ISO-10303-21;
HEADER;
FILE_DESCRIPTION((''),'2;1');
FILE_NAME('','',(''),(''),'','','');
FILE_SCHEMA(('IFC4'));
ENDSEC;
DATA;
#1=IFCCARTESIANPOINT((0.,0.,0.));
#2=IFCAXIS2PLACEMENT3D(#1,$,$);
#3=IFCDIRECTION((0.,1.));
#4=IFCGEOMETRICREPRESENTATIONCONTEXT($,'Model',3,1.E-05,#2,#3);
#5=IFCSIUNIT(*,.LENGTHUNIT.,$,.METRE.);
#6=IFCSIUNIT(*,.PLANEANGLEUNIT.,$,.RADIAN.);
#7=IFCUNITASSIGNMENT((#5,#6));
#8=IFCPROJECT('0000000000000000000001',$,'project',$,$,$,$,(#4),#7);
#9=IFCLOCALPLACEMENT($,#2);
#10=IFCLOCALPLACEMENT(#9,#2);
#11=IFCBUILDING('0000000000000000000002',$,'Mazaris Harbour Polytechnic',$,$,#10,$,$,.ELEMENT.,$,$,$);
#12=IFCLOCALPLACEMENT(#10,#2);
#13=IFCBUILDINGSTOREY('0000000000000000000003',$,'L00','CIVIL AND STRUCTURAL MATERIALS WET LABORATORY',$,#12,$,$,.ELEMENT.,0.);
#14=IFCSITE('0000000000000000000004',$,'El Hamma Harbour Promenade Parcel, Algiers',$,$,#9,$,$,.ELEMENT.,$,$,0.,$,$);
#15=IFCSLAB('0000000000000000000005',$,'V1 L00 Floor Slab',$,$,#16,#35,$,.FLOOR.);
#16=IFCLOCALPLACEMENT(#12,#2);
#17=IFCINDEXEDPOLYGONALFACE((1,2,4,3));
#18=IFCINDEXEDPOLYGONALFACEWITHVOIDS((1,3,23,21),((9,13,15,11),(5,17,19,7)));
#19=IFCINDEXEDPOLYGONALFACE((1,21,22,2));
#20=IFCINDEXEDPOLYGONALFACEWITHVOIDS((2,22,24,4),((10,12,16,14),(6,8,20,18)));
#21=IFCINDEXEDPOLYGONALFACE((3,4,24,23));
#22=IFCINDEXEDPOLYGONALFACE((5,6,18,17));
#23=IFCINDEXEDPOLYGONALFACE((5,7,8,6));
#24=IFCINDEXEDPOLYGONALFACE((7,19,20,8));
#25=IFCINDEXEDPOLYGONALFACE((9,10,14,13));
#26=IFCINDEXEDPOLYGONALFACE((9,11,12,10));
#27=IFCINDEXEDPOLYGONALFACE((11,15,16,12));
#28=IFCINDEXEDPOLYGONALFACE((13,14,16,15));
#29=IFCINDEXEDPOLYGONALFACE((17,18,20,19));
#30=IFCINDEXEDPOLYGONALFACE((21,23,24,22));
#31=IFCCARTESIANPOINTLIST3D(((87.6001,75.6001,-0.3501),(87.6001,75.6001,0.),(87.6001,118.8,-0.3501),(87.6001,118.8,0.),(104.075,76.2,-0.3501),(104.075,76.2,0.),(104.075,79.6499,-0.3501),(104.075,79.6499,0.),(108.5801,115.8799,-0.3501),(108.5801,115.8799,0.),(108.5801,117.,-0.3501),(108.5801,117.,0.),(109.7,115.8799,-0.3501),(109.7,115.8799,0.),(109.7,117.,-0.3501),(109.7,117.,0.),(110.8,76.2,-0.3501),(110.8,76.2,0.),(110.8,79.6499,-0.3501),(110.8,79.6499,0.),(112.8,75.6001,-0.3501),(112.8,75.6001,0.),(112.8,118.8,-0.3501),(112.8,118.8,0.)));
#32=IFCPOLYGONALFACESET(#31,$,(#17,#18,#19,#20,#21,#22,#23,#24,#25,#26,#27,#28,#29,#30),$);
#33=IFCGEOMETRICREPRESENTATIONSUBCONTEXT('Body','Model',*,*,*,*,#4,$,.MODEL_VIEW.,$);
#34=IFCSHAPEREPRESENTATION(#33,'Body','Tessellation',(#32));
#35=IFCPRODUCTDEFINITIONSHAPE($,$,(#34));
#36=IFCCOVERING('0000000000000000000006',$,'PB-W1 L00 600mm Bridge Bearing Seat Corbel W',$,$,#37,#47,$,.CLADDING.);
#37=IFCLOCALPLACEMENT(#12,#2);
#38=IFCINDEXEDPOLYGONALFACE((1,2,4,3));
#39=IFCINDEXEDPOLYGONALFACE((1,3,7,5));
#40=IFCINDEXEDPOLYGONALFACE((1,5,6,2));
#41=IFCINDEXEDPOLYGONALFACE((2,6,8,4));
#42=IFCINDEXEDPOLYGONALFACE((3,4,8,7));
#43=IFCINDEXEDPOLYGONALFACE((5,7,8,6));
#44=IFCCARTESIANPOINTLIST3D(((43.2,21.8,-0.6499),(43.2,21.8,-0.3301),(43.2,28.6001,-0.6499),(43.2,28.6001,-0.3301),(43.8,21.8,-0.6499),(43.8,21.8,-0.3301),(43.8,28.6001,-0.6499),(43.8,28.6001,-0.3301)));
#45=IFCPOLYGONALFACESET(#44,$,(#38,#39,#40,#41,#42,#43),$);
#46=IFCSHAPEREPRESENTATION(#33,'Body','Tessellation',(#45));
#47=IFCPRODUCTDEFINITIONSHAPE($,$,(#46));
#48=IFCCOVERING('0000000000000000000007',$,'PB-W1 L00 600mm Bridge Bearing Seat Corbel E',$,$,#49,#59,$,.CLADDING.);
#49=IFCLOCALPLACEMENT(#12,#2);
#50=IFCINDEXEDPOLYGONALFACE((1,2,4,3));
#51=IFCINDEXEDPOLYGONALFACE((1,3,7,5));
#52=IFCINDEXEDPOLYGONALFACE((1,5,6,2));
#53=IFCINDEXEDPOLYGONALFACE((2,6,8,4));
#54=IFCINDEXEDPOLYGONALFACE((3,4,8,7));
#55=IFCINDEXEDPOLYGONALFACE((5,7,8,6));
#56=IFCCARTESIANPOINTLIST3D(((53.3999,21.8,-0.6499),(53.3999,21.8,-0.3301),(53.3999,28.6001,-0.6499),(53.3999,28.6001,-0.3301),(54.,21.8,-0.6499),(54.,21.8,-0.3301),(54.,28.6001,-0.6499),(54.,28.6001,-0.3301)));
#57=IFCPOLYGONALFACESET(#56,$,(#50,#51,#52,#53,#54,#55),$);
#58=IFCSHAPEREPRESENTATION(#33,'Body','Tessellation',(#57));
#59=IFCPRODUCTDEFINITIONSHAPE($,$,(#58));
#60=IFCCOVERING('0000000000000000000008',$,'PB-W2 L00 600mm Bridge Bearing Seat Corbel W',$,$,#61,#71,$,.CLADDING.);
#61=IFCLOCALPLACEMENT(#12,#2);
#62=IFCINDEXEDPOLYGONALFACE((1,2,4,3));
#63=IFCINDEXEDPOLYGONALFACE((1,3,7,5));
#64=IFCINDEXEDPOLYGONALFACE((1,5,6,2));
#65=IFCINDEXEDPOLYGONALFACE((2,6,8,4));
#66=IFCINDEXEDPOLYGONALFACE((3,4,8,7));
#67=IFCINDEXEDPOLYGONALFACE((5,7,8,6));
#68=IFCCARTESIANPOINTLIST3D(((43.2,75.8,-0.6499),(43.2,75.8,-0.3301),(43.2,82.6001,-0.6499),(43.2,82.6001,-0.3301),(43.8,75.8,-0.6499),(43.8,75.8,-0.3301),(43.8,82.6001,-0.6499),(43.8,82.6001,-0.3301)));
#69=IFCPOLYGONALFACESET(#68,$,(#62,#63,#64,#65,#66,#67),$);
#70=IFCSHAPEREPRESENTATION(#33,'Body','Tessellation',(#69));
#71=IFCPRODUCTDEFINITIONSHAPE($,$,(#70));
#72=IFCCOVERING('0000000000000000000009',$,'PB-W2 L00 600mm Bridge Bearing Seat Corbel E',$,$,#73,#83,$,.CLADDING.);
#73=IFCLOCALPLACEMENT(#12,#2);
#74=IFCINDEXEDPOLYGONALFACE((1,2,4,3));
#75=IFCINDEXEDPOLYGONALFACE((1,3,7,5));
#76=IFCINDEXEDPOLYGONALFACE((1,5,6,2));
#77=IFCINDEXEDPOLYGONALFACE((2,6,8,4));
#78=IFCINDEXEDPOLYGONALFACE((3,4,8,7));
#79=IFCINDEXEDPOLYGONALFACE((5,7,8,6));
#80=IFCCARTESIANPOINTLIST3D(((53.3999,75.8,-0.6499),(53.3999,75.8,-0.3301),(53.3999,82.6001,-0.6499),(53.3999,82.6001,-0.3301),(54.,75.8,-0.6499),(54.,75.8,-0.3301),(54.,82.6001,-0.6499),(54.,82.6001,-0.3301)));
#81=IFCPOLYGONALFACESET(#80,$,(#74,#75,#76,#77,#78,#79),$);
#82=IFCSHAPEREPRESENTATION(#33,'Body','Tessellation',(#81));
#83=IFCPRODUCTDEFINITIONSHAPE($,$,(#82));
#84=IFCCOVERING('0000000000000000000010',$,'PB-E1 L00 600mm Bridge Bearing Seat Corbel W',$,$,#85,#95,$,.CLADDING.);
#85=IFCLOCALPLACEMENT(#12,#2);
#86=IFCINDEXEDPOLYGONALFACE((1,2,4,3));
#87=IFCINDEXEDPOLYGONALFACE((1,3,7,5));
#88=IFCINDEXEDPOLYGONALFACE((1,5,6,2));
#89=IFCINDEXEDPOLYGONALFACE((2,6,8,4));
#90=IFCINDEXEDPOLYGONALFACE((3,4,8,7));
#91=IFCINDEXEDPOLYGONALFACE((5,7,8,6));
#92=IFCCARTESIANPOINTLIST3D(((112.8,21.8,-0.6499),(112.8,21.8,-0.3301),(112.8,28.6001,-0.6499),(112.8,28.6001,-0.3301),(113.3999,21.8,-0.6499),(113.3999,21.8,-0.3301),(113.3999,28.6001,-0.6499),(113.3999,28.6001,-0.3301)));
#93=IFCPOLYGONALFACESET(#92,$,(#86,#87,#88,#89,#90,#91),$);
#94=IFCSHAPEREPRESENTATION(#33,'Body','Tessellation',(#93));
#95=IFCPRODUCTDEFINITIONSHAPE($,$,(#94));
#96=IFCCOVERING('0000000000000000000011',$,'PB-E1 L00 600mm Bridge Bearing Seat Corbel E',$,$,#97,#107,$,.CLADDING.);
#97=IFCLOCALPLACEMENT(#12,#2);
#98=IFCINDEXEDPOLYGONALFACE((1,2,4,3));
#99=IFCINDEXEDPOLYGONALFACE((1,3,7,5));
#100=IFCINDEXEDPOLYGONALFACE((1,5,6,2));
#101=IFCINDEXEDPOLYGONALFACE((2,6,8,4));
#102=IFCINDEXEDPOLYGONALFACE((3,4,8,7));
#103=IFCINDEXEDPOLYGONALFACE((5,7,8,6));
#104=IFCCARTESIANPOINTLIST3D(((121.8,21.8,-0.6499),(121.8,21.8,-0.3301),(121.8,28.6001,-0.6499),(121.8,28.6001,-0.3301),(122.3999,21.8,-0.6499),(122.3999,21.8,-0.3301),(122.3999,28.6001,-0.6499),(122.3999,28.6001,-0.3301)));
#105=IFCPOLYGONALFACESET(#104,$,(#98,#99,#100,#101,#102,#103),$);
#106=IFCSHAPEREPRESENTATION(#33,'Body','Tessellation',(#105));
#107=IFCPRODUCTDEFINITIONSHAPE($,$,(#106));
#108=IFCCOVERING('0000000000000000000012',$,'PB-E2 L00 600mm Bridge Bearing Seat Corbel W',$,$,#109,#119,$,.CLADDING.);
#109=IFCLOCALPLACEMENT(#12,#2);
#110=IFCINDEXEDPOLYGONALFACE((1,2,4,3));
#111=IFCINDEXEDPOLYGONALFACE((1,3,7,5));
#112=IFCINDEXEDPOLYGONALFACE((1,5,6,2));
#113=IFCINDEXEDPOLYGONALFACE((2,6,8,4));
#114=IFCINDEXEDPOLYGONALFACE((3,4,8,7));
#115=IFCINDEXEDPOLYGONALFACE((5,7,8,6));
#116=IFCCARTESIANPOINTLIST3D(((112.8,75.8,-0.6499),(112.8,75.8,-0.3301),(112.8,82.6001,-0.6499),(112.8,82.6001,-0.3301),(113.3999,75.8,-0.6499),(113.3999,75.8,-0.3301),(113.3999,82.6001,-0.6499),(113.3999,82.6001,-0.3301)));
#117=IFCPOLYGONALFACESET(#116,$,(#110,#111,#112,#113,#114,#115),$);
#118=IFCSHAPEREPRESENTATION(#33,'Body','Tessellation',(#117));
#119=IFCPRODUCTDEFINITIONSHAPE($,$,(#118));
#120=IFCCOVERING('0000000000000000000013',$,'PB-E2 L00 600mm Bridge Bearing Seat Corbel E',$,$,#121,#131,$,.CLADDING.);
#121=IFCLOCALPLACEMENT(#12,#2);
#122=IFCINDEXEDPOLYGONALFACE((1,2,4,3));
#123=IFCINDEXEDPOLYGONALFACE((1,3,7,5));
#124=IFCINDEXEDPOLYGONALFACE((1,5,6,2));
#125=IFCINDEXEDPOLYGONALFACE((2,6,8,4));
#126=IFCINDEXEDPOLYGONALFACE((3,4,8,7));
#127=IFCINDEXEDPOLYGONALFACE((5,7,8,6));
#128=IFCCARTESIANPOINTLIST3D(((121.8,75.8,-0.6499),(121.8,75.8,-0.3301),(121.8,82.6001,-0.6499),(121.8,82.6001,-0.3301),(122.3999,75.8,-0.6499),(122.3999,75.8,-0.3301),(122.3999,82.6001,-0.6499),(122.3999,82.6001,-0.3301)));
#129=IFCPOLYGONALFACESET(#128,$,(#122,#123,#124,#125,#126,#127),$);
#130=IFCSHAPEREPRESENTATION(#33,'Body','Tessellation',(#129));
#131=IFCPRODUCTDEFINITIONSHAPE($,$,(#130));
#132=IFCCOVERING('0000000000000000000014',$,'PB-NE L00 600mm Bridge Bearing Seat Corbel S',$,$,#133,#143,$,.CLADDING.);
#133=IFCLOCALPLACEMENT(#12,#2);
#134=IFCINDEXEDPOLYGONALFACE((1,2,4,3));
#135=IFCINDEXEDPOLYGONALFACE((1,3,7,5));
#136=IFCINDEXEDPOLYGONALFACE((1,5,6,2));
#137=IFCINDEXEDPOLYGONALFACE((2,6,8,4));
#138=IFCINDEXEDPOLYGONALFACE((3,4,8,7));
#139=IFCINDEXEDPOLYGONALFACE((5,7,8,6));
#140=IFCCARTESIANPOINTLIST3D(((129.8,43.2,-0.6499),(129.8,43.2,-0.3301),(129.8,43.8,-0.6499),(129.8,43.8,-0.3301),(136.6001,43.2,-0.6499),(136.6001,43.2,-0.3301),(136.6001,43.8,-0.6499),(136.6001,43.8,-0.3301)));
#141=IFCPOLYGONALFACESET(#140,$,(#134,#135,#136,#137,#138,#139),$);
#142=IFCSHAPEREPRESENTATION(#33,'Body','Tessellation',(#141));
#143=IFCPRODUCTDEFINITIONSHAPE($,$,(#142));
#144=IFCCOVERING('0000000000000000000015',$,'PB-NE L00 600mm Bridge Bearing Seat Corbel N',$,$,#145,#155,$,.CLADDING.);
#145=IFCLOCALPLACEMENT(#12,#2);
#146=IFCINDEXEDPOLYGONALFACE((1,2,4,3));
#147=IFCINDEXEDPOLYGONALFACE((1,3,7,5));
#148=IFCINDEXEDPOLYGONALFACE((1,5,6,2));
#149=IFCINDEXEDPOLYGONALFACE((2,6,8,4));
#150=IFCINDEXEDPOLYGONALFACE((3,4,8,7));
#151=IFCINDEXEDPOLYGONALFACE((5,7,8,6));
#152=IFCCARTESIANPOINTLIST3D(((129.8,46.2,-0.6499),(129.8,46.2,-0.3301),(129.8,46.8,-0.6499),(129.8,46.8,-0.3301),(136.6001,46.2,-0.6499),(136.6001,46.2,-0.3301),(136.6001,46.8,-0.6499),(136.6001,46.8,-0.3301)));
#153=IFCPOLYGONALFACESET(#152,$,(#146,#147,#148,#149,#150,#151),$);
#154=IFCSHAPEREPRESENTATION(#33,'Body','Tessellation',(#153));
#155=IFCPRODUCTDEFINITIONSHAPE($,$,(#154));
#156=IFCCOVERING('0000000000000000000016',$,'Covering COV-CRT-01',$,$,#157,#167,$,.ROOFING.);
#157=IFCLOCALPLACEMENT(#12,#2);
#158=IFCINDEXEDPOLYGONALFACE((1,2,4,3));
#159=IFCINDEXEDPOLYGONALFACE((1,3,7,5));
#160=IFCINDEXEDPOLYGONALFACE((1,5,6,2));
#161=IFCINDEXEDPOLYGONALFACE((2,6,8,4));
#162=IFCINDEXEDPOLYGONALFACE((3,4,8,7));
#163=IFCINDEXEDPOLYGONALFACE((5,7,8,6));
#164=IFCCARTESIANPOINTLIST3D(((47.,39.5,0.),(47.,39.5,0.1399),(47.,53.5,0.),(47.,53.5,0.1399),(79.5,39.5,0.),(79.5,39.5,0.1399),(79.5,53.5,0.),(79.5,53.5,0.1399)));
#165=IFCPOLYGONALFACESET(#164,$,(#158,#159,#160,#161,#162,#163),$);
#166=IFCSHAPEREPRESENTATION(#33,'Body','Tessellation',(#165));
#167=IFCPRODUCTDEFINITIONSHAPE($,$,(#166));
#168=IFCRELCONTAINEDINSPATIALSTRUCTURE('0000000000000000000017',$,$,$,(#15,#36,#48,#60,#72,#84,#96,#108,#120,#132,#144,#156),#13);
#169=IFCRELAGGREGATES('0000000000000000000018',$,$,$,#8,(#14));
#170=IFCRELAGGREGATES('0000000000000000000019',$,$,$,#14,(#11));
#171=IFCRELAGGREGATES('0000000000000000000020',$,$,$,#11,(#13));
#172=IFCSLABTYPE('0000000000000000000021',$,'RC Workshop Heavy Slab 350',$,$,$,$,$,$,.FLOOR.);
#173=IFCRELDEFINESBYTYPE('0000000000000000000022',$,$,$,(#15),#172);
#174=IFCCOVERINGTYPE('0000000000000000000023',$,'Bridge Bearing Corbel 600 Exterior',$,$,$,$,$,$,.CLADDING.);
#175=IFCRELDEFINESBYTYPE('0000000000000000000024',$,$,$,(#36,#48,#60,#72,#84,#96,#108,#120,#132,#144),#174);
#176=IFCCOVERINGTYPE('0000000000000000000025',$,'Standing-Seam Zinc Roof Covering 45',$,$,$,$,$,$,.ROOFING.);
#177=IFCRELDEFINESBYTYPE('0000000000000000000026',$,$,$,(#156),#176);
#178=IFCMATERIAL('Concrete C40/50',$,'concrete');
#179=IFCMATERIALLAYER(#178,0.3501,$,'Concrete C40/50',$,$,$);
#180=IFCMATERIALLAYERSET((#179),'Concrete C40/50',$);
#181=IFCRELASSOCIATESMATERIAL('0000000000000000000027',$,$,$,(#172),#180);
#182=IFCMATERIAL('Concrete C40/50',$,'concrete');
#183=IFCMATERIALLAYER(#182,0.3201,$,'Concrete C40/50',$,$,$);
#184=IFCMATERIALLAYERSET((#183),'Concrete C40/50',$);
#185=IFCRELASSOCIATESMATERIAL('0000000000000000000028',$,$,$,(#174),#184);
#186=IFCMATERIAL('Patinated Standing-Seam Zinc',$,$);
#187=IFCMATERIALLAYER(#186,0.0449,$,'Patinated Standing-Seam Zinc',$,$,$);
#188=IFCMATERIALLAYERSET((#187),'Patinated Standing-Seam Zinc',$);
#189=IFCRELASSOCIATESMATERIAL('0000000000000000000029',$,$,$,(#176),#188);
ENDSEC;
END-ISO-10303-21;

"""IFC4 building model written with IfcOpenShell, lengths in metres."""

from ifc_helpers import new_model, si_unit, direction, frame, origin, place, context, subcontext, project, spatial, polyline, outline, extrude, material, layer, layer_set, type_object, element, save


model = new_model("IFC4")

# Units and contexts
model_context = context("Model", 3, precision=1e-05, world=origin(), true_north=direction((0.0, 1.0)))
body_context = subcontext(model_context, "Body", "Model", "MODEL_VIEW")
ifc_project = project(units=[si_unit("LENGTHUNIT", "METRE"), si_unit("PLANEANGLEUNIT", "RADIAN")], contexts=[model_context])

# Site, building, storey
site_placement = place(None, origin())
site = spatial("IfcSite", under=ifc_project, at=site_placement, Name="El Hamma Harbour Promenade Parcel, Algiers", CompositionType="ELEMENT", RefElevation=0.0)
building_placement = place(site_placement, origin())
building = spatial("IfcBuilding", under=site, at=building_placement, Name="Mazaris Harbour Polytechnic", CompositionType="ELEMENT")
storey_placement = place(building_placement, origin())
storey = spatial("IfcBuildingStorey", under=building, at=storey_placement, Name="L00", Description="CIVIL AND STRUCTURAL MATERIALS WET LABORATORY", CompositionType="ELEMENT", Elevation=0.0)

# Slab
ifc_material_1 = material(Name="Concrete C40/50", Category="concrete")
ifc_layer_1 = layer(ifc_material_1, 0.3501, Name="Concrete C40/50")
ifc_layer_set_1 = layer_set([ifc_layer_1], Name="Concrete C40/50")
slab_type_1 = type_object("IfcSlabType", Name="RC Workshop Heavy Slab 350", PredefinedType="FLOOR", material=ifc_layer_set_1)
slab_1_placement = place(storey_placement, frame((0.0, 0.0, -0.3501)))
element("IfcSlab", 1, at=slab_1_placement, inside=storey, type_object=slab_type_1, Name="V1 L00 Floor Slab", PredefinedType="FLOOR", context=body_context, shape_type="SweptSolid", body=[
    extrude(outline(polyline([(87.6001, 75.6001), (87.6001, 118.8), (112.8, 118.8), (112.8, 75.6001), (87.6001, 75.6001)]), holes=[polyline([(110.8, 76.2), (110.8, 79.6499), (104.075, 79.6499), (104.075, 76.2), (110.8, 76.2)]), polyline([(108.5801, 117.0), (108.5801, 115.8799), (109.7, 115.8799), (109.7, 117.0), (108.5801, 117.0)])]), origin(), (0.0, 0.0, 1.0), 0.3501),
])

# Coverings
ifc_material_2 = material(Name="Concrete C40/50", Category="concrete")
ifc_layer_2 = layer(ifc_material_2, 0.3201, Name="Concrete C40/50")
ifc_layer_set_2 = layer_set([ifc_layer_2], Name="Concrete C40/50")
covering_type_1 = type_object("IfcCoveringType", Name="Bridge Bearing Corbel 600 Exterior", PredefinedType="CLADDING", material=ifc_layer_set_2)
covering_1_placement = place(storey_placement, frame((0.0, 0.0, -0.6499)))
element("IfcCovering", 2, at=covering_1_placement, inside=storey, type_object=covering_type_1, Name="PB-W1 L00 600mm Bridge Bearing Seat Corbel W", PredefinedType="CLADDING", context=body_context, shape_type="SweptSolid", body=[
    extrude(outline(polyline([(43.2, 21.8), (43.8, 21.8), (43.8, 28.6001), (43.2, 28.6001), (43.2, 21.8)])), origin(), (0.0, 0.0, 1.0), 0.3198),
])
covering_2_placement = place(storey_placement, frame((0.0, 0.0, -0.6499)))
element("IfcCovering", 3, at=covering_2_placement, inside=storey, type_object=covering_type_1, Name="PB-W1 L00 600mm Bridge Bearing Seat Corbel E", PredefinedType="CLADDING", context=body_context, shape_type="SweptSolid", body=[
    extrude(outline(polyline([(53.3999, 21.8), (54.0, 21.8), (54.0, 28.6001), (53.3999, 28.6001), (53.3999, 21.8)])), origin(), (0.0, 0.0, 1.0), 0.3198),
])
covering_3_placement = place(storey_placement, frame((0.0, 0.0, -0.6499)))
element("IfcCovering", 4, at=covering_3_placement, inside=storey, type_object=covering_type_1, Name="PB-W2 L00 600mm Bridge Bearing Seat Corbel W", PredefinedType="CLADDING", context=body_context, shape_type="SweptSolid", body=[
    extrude(outline(polyline([(43.2, 75.8), (43.8, 75.8), (43.8, 82.6001), (43.2, 82.6001), (43.2, 75.8)])), origin(), (0.0, 0.0, 1.0), 0.3198),
])
covering_4_placement = place(storey_placement, frame((0.0, 0.0, -0.6499)))
element("IfcCovering", 5, at=covering_4_placement, inside=storey, type_object=covering_type_1, Name="PB-W2 L00 600mm Bridge Bearing Seat Corbel E", PredefinedType="CLADDING", context=body_context, shape_type="SweptSolid", body=[
    extrude(outline(polyline([(53.3999, 75.8), (54.0, 75.8), (54.0, 82.6001), (53.3999, 82.6001), (53.3999, 75.8)])), origin(), (0.0, 0.0, 1.0), 0.3198),
])
covering_5_placement = place(storey_placement, frame((0.0, 0.0, -0.6499)))
element("IfcCovering", 6, at=covering_5_placement, inside=storey, type_object=covering_type_1, Name="PB-E1 L00 600mm Bridge Bearing Seat Corbel W", PredefinedType="CLADDING", context=body_context, shape_type="SweptSolid", body=[
    extrude(outline(polyline([(112.8, 21.8), (113.3999, 21.8), (113.3999, 28.6001), (112.8, 28.6001), (112.8, 21.8)])), origin(), (0.0, 0.0, 1.0), 0.3198),
])
covering_6_placement = place(storey_placement, frame((0.0, 0.0, -0.6499)))
element("IfcCovering", 7, at=covering_6_placement, inside=storey, type_object=covering_type_1, Name="PB-E1 L00 600mm Bridge Bearing Seat Corbel E", PredefinedType="CLADDING", context=body_context, shape_type="SweptSolid", body=[
    extrude(outline(polyline([(121.8, 21.8), (122.3999, 21.8), (122.3999, 28.6001), (121.8, 28.6001), (121.8, 21.8)])), origin(), (0.0, 0.0, 1.0), 0.3198),
])
covering_7_placement = place(storey_placement, frame((0.0, 0.0, -0.6499)))
element("IfcCovering", 8, at=covering_7_placement, inside=storey, type_object=covering_type_1, Name="PB-E2 L00 600mm Bridge Bearing Seat Corbel W", PredefinedType="CLADDING", context=body_context, shape_type="SweptSolid", body=[
    extrude(outline(polyline([(112.8, 75.8), (113.3999, 75.8), (113.3999, 82.6001), (112.8, 82.6001), (112.8, 75.8)])), origin(), (0.0, 0.0, 1.0), 0.3198),
])
covering_8_placement = place(storey_placement, frame((0.0, 0.0, -0.6499)))
element("IfcCovering", 9, at=covering_8_placement, inside=storey, type_object=covering_type_1, Name="PB-E2 L00 600mm Bridge Bearing Seat Corbel E", PredefinedType="CLADDING", context=body_context, shape_type="SweptSolid", body=[
    extrude(outline(polyline([(121.8, 75.8), (122.3999, 75.8), (122.3999, 82.6001), (121.8, 82.6001), (121.8, 75.8)])), origin(), (0.0, 0.0, 1.0), 0.3198),
])
covering_9_placement = place(storey_placement, frame((0.0, 0.0, -0.6499)))
element("IfcCovering", 10, at=covering_9_placement, inside=storey, type_object=covering_type_1, Name="PB-NE L00 600mm Bridge Bearing Seat Corbel S", PredefinedType="CLADDING", context=body_context, shape_type="SweptSolid", body=[
    extrude(outline(polyline([(129.8, 43.2), (136.6001, 43.2), (136.6001, 43.8), (129.8, 43.8), (129.8, 43.2)])), origin(), (0.0, 0.0, 1.0), 0.3198),
])
covering_10_placement = place(storey_placement, frame((0.0, 0.0, -0.6499)))
element("IfcCovering", 11, at=covering_10_placement, inside=storey, type_object=covering_type_1, Name="PB-NE L00 600mm Bridge Bearing Seat Corbel N", PredefinedType="CLADDING", context=body_context, shape_type="SweptSolid", body=[
    extrude(outline(polyline([(129.8, 46.2), (136.6001, 46.2), (136.6001, 46.8), (129.8, 46.8), (129.8, 46.2)])), origin(), (0.0, 0.0, 1.0), 0.3198),
])
ifc_material_3 = material(Name="Patinated Standing-Seam Zinc")
ifc_layer_3 = layer(ifc_material_3, 0.0449, Name="Patinated Standing-Seam Zinc")
ifc_layer_set_3 = layer_set([ifc_layer_3], Name="Patinated Standing-Seam Zinc")
covering_type_2 = type_object("IfcCoveringType", Name="Standing-Seam Zinc Roof Covering 45", PredefinedType="ROOFING", material=ifc_layer_set_3)
covering_11_placement = place(storey_placement, origin())
element("IfcCovering", 12, at=covering_11_placement, inside=storey, type_object=covering_type_2, Name="Covering COV-CRT-01", PredefinedType="ROOFING", context=body_context, shape_type="SweptSolid", body=[
    extrude(outline(polyline([(47.0, 39.5), (79.5, 39.5), (79.5, 53.5), (47.0, 53.5), (47.0, 39.5)])), origin(), (0.0, 0.0, 1.0), 0.1399),
])

save(model, "model.ifc")
